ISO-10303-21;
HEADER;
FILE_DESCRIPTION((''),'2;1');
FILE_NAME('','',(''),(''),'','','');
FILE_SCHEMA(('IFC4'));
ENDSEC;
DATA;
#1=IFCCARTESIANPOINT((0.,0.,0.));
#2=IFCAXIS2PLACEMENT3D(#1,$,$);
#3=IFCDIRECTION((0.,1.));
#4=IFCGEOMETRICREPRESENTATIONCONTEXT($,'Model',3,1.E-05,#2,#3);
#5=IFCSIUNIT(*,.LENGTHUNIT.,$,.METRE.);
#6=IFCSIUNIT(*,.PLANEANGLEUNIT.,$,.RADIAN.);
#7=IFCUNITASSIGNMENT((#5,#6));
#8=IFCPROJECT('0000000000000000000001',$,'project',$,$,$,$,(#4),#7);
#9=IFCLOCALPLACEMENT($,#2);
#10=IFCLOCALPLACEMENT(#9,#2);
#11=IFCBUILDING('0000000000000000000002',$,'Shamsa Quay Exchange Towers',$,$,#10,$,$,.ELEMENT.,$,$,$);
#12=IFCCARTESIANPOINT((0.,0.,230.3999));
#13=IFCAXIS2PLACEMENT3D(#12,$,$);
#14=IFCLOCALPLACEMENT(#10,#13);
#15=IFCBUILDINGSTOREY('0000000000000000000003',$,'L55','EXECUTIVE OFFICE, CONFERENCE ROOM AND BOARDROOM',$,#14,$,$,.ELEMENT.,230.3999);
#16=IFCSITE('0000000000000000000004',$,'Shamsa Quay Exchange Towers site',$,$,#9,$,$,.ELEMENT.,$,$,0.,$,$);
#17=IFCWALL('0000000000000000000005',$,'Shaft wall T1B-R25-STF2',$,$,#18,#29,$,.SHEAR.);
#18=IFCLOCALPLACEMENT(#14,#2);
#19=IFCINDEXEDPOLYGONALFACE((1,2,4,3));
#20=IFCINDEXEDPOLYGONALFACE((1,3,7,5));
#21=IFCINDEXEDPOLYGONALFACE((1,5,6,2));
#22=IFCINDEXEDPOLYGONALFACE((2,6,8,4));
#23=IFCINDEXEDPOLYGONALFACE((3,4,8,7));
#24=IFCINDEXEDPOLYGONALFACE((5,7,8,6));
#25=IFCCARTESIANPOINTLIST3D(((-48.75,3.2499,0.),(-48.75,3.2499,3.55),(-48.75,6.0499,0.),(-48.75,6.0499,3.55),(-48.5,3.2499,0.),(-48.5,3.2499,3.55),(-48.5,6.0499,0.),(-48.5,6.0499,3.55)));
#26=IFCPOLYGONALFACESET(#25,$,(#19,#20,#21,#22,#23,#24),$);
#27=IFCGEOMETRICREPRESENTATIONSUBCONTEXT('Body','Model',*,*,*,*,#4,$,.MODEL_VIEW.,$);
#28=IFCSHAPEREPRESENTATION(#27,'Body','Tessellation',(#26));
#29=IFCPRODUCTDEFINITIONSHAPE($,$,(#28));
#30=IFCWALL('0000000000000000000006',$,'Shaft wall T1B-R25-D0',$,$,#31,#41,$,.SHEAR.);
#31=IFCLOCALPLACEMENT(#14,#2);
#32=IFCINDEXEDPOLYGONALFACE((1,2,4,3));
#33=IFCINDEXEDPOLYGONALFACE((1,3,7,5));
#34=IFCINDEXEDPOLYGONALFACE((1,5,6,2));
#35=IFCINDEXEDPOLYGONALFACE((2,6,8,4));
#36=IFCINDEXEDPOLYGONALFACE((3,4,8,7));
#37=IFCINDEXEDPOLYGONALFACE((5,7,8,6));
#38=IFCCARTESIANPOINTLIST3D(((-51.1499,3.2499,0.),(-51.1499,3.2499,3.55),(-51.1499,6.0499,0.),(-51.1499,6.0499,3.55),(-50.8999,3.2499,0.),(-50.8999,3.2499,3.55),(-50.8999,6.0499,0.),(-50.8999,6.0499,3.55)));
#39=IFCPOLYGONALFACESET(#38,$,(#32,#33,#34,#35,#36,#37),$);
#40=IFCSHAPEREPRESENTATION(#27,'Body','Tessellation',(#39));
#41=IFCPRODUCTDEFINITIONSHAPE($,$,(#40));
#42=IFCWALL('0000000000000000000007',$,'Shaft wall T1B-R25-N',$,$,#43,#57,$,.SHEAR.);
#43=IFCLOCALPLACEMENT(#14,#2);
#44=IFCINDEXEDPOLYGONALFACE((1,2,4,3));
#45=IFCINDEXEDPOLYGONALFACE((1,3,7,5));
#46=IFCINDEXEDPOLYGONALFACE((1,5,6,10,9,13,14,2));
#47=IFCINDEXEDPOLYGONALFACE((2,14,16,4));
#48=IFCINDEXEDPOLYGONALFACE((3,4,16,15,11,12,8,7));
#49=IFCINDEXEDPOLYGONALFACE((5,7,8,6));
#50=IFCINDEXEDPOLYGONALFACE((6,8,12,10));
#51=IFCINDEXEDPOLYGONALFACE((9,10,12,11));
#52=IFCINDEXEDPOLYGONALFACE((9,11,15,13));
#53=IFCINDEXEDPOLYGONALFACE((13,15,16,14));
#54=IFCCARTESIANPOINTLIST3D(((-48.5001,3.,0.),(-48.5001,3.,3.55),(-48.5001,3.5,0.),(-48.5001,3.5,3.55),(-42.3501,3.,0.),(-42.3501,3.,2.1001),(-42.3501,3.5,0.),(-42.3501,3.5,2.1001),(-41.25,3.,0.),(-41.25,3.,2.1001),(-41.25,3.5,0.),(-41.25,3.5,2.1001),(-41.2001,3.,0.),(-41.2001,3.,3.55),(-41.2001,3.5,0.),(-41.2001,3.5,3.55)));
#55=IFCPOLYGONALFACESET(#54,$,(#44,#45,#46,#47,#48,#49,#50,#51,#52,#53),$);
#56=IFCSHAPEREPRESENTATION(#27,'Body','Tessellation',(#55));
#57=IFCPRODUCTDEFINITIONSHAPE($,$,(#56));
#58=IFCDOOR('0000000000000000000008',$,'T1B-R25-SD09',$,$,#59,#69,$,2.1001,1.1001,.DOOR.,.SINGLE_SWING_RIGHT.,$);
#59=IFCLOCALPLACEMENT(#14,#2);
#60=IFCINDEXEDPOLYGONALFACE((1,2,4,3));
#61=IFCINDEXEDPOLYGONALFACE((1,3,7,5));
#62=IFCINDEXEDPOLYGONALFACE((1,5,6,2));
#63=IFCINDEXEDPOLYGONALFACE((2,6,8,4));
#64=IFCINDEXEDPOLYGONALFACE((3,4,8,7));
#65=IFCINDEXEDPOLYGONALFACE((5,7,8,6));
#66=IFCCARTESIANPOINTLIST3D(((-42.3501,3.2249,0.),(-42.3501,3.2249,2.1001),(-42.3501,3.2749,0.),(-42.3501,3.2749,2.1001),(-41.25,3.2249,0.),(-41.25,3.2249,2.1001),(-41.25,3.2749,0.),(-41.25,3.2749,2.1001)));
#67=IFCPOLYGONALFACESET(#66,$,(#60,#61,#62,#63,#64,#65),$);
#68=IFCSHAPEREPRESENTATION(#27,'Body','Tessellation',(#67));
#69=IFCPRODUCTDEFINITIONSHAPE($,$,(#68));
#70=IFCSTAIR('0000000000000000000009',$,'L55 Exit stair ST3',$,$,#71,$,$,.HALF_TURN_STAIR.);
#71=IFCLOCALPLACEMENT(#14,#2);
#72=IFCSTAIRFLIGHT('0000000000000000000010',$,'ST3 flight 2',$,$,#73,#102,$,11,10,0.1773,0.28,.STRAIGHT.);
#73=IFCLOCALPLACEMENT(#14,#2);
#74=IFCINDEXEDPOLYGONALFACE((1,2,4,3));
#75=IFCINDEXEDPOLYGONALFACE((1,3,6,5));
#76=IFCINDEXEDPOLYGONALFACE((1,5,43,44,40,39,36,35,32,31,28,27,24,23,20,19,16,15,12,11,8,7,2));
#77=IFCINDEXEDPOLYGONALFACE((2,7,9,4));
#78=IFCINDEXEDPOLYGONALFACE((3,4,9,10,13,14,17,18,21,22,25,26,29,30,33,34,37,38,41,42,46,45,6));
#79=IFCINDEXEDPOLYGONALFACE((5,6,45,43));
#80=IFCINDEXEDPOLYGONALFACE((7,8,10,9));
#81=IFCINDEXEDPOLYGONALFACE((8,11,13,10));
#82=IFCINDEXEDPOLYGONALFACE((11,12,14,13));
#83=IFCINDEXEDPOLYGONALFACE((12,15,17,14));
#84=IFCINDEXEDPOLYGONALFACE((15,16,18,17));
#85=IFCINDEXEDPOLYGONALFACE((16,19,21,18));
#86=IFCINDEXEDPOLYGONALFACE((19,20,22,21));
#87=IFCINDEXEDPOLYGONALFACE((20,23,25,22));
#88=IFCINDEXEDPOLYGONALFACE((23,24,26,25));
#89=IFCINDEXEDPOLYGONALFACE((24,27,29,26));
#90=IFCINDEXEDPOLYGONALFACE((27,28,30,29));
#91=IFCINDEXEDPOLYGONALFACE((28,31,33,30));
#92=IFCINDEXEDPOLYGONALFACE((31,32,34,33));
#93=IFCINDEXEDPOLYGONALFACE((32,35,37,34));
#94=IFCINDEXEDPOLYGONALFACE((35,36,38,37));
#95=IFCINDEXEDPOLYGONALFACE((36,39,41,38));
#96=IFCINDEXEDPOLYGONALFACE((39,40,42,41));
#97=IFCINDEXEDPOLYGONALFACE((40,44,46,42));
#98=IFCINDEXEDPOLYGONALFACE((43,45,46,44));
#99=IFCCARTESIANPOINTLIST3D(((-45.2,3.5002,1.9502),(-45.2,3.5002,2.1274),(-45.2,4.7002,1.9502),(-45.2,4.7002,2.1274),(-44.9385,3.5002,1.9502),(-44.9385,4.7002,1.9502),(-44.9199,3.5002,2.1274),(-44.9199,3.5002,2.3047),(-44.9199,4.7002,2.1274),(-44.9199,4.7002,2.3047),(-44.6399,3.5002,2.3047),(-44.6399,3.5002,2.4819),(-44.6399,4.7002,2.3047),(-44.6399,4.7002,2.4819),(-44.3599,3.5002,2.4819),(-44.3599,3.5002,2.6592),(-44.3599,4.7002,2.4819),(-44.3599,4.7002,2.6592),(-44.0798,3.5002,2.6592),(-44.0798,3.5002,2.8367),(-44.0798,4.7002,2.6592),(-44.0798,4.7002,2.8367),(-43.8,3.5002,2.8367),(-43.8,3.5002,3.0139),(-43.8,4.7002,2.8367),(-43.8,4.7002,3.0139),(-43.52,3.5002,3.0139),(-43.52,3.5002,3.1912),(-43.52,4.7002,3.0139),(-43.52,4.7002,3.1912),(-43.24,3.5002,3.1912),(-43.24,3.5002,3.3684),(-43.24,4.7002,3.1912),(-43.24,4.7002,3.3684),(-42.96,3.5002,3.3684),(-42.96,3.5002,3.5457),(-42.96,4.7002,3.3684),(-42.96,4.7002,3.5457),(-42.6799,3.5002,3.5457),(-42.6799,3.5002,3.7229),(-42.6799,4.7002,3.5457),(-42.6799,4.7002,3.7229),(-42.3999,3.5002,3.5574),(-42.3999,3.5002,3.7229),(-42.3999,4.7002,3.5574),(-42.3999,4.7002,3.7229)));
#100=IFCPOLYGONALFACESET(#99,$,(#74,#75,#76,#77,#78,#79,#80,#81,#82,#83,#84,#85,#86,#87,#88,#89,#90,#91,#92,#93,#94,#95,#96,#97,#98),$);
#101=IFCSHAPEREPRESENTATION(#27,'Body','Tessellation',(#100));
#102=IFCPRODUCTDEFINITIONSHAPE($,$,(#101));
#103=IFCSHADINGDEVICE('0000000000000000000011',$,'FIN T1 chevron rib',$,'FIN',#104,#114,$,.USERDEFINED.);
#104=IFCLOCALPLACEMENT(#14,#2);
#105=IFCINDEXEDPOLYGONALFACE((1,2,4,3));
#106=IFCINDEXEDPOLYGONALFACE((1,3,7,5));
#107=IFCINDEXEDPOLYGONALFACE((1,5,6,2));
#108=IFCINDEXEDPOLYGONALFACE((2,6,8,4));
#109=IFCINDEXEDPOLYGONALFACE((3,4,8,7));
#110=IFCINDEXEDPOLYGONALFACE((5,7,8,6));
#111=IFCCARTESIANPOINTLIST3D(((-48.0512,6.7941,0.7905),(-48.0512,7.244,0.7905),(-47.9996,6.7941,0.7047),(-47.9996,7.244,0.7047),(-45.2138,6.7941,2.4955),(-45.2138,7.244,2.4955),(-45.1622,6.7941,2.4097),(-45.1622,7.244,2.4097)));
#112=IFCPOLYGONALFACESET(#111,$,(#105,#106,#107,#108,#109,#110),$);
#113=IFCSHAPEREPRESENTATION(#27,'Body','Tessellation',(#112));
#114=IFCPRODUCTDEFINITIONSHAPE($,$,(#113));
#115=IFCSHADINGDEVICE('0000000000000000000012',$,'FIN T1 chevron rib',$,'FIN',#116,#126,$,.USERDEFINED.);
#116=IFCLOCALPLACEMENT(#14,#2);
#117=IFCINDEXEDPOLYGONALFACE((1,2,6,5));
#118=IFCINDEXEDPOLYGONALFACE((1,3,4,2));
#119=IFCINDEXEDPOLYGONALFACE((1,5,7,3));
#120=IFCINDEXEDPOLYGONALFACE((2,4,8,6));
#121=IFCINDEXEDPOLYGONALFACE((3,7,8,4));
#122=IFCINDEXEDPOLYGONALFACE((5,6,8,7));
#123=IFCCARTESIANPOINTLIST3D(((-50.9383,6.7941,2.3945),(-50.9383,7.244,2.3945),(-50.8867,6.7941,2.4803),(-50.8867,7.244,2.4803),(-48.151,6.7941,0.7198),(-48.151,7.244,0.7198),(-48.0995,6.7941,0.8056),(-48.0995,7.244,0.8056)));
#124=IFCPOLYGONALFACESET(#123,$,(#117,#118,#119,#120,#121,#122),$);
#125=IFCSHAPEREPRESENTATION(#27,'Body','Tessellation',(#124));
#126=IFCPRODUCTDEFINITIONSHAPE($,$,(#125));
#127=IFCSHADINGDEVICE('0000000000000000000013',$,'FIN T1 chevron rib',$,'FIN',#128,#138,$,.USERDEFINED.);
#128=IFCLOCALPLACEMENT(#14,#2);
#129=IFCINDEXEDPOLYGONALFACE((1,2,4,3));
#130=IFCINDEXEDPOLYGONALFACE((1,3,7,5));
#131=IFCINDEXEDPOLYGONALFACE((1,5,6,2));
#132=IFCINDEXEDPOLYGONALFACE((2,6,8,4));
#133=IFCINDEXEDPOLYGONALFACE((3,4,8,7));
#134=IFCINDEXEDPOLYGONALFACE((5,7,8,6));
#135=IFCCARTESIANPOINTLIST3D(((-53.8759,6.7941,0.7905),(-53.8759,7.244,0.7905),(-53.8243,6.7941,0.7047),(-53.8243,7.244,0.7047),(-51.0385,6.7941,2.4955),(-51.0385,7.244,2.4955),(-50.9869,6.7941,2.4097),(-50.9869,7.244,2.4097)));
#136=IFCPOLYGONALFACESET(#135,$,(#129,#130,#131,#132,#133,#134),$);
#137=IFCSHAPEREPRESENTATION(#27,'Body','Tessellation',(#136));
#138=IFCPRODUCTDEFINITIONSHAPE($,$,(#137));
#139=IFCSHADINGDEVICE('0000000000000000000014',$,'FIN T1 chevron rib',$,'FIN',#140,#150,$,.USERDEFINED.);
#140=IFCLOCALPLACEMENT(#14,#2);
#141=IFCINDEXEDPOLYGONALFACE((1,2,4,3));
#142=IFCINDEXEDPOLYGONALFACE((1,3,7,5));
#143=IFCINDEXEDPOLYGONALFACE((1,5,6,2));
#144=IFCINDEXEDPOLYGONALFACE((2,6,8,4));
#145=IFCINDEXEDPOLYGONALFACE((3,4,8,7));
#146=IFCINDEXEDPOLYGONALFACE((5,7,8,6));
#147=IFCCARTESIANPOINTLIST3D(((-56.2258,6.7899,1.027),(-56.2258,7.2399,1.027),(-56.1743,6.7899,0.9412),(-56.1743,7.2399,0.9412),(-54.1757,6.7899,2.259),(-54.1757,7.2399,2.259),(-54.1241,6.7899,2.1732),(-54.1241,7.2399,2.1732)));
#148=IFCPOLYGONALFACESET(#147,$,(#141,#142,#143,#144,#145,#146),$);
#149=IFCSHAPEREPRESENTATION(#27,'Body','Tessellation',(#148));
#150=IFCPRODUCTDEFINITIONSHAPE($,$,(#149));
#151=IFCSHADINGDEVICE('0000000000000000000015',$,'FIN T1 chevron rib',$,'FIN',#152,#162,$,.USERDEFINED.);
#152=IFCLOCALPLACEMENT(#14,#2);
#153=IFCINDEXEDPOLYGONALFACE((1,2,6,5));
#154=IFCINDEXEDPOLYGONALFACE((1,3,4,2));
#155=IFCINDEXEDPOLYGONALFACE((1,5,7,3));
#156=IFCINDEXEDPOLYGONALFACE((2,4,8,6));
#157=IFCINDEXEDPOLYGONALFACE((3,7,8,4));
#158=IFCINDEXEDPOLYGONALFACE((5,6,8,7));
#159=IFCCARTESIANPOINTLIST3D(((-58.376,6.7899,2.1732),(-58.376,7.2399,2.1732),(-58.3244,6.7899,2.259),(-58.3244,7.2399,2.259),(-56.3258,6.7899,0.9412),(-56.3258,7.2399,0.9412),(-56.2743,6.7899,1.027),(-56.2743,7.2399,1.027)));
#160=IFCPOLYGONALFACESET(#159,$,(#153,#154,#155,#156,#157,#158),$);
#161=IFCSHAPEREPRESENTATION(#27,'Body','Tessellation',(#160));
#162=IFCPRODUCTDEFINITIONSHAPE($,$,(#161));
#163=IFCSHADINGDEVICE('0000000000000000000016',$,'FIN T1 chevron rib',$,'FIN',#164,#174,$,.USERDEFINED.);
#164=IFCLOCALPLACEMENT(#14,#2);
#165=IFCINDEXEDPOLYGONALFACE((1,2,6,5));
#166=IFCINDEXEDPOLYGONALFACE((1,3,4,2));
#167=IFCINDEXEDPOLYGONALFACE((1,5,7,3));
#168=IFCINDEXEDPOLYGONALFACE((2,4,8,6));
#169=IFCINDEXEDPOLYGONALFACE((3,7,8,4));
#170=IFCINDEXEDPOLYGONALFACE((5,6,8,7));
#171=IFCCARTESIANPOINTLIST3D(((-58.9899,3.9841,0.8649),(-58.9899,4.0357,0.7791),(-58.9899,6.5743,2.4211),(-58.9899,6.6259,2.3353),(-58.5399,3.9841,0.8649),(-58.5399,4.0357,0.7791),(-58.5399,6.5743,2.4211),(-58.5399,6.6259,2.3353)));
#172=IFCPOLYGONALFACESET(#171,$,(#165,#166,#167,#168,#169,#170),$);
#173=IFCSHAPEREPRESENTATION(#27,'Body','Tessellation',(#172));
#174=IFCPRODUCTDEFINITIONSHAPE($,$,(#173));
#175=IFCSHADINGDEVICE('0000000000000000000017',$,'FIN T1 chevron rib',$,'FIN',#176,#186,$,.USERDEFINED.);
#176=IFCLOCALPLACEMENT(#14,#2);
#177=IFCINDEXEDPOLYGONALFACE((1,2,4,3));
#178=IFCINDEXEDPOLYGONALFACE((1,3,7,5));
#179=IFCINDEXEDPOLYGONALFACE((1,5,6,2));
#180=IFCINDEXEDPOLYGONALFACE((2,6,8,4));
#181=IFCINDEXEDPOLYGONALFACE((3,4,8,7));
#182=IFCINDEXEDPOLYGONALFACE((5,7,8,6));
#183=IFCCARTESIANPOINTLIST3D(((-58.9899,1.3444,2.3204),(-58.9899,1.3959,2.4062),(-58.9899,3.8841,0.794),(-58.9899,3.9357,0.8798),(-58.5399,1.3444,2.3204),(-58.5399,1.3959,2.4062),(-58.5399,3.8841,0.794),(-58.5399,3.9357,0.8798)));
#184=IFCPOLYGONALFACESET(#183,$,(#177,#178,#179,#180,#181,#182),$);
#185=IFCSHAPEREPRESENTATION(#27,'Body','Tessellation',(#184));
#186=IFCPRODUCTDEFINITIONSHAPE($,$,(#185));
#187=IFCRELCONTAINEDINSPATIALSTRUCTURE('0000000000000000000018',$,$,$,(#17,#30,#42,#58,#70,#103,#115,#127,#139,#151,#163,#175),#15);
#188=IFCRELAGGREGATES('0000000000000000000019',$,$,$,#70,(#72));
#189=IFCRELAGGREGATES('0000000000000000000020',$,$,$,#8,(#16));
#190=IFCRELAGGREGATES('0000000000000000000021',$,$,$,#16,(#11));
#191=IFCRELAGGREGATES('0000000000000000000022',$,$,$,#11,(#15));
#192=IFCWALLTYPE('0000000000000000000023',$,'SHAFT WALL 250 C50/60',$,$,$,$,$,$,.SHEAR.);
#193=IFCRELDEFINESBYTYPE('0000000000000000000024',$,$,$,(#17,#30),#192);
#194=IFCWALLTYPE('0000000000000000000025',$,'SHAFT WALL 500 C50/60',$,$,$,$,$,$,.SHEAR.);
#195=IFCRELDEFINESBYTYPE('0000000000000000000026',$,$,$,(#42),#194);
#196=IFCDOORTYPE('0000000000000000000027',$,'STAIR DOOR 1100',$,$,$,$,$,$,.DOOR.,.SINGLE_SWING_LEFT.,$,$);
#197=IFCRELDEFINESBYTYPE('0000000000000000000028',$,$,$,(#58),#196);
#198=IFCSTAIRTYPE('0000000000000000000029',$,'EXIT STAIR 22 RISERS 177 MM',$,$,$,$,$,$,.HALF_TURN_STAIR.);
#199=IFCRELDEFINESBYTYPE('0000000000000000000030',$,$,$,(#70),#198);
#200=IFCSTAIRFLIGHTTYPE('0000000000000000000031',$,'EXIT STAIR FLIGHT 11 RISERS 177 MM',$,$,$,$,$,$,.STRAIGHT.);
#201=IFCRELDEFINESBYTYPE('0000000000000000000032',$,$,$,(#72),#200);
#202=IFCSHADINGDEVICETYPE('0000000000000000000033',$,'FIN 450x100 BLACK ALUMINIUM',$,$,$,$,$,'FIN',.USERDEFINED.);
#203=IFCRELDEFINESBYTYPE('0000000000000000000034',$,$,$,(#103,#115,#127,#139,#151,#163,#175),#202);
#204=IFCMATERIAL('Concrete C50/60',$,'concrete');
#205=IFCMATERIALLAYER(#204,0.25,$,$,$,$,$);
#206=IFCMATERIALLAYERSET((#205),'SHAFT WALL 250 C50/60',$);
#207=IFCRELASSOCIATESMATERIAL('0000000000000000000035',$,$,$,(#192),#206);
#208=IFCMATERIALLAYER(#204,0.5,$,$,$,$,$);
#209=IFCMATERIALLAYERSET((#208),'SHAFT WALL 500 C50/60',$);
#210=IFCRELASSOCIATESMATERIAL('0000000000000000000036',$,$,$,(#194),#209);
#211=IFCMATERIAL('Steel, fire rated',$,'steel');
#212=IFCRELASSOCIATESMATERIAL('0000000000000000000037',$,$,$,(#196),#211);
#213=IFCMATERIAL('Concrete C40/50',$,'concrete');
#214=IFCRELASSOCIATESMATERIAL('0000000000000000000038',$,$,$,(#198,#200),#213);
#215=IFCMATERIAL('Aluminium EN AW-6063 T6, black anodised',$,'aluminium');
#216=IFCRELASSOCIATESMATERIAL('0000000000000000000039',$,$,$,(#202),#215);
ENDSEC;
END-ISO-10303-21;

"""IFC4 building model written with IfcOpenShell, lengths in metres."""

from ifc_helpers import new_model, si_unit, direction, frame, frame_2d, origin, origin_2d, place, context, subcontext, project, spatial, polyline, rectangle, outline, extrude, material, layer, layer_set, material_profile, profile_set, type_object, element, fill, aggregate, save


model = new_model("IFC4")

# Units and contexts
model_context = context("Model", 3, precision=1e-05, world=origin(), true_north=direction((0.0, 1.0)))
body_context = subcontext(model_context, "Body", "Model", "MODEL_VIEW")
ifc_project = project(units=[si_unit("LENGTHUNIT", "METRE"), si_unit("PLANEANGLEUNIT", "RADIAN")], contexts=[model_context])

# Site, building, storey
site_placement = place(None, origin())
site = spatial("IfcSite", under=ifc_project, at=site_placement, Name="Shamsa Quay Exchange Towers site", CompositionType="ELEMENT", RefElevation=0.0)
building_placement = place(site_placement, origin())
building = spatial("IfcBuilding", under=site, at=building_placement, Name="Shamsa Quay Exchange Towers", CompositionType="ELEMENT")
storey_placement = place(building_placement, frame((0.0, 0.0, 230.3999)))
storey = spatial("IfcBuildingStorey", under=building, at=storey_placement, Name="L55", Description="EXECUTIVE OFFICE, CONFERENCE ROOM AND BOARDROOM", CompositionType="ELEMENT", Elevation=230.3999)

# Shared definitions
ifc_material_1 = material(Name="Aluminium EN AW-6063 T6, black anodised", Category="aluminium")

# Shared definitions
ifc_material_2 = material(Name="Concrete C50/60", Category="concrete")
ifc_layer_1 = layer(ifc_material_2, 0.25)
ifc_layer_set_1 = layer_set([ifc_layer_1], Name="SHAFT WALL 250 C50/60")
wall_type_1 = type_object("IfcWallType", Name="SHAFT WALL 250 C50/60", PredefinedType="SHEAR", material=ifc_layer_set_1)
ifc_material_3 = material(Name="Steel, fire rated", Category="steel")

# Walls
for number, where, z_axis, x_axis, name in (
    (1, (-48.625, 3.25, 0.0), (0.0, 0.0, 1.0), (0.0, 1.0, 0.0), "Shaft wall T1B-R25-STF2"),
    (2, (-51.0249, 3.25, 0.0), (0.0, 0.0, 1.0), (0.0, 1.0, 0.0), "Shaft wall T1B-R25-D0"),
):
    element("IfcWall", number, at=place(storey_placement, frame(where, z_axis=z_axis, x_axis=x_axis)), inside=storey, type_object=wall_type_1, Name=name, PredefinedType="SHEAR", context=body_context, shape_type="SweptSolid", body=[
        extrude(rectangle(XDim=2.8, YDim=0.25, at=frame_2d((1.3999, 0.0))), origin(), (0.0, 0.0, 1.0), 3.55),
    ])

# Wall, opening, door
ifc_layer_2 = layer(ifc_material_2, 0.5)
ifc_layer_set_2 = layer_set([ifc_layer_2], Name="SHAFT WALL 500 C50/60")
wall_type_2 = type_object("IfcWallType", Name="SHAFT WALL 500 C50/60", PredefinedType="SHEAR", material=ifc_layer_set_2)
wall_1_placement = place(storey_placement, frame((-48.5, 3.25, 0.0)))
wall_1 = element("IfcWall", 3, at=wall_1_placement, inside=storey, type_object=wall_type_2, Name="Shaft wall T1B-R25-N", PredefinedType="SHEAR", context=body_context, shape_type="SweptSolid", body=[
    extrude(rectangle(XDim=7.3, YDim=0.5, at=frame_2d((3.6499, 0.0))), origin(), (0.0, 0.0, 1.0), 3.55),
])
opening_1_placement = place(wall_1_placement, frame((6.1499, 0.0, 0.0)))
opening_1 = element("IfcOpeningElement", 4, at=opening_1_placement, cuts=wall_1, PredefinedType="OPENING", context=body_context, shape_type="SweptSolid", body=[
    extrude(rectangle(XDim=1.1001, YDim=2.1001, at=frame_2d((0.55, 1.05))), frame((0.0, 0.26, 0.0), z_axis=(0.0, -1.0, 0.0), x_axis=(1.0, 0.0, 0.0)), (0.0, 0.0, 1.0), 0.52),
])
door_type_1 = type_object("IfcDoorType", Name="STAIR DOOR 1100", OperationType="SINGLE_SWING_LEFT", PredefinedType="DOOR", material=ifc_material_3)
door_1_placement = place(opening_1_placement, origin())
door_1 = element("IfcDoor", 5, at=door_1_placement, inside=storey, type_object=door_type_1, Name="T1B-R25-SD09", OperationType="SINGLE_SWING_RIGHT", OverallHeight=2.1001, OverallWidth=1.1001, PredefinedType="DOOR", context=body_context, shape_type="SweptSolid", body=[
    extrude(rectangle(XDim=1.1001, YDim=2.1001, at=frame_2d((0.55, 1.05))), frame((0.0, 0.0249, 0.0), z_axis=(0.0, -1.0, 0.0), x_axis=(1.0, 0.0, 0.0)), (0.0, 0.0, 1.0), 0.05),
])
fill(opening_1, door_1)

# Stair, stair flight
ifc_material_4 = material(Name="Concrete C40/50", Category="concrete")
stair_type = type_object("IfcStairType", Name="EXIT STAIR 22 RISERS 177 MM", PredefinedType="HALF_TURN_STAIR", material=ifc_material_4)
stair_placement = place(storey_placement, origin())
stair = element("IfcStair", 6, at=stair_placement, inside=storey, type_object=stair_type, Name="L55 Exit stair ST3", PredefinedType="HALF_TURN_STAIR")
stair_flight_type = type_object("IfcStairFlightType", Name="EXIT STAIR FLIGHT 11 RISERS 177 MM", PredefinedType="STRAIGHT", material=ifc_material_4)
stair_flight_placement = place(storey_placement, frame((-45.2, 4.1001, 1.9502)))
stair_flight = element("IfcStairFlight", 7, at=stair_flight_placement, type_object=stair_flight_type, Name="ST3 flight 2", NumberOfRisers=11, NumberOfTreads=10, PredefinedType="STRAIGHT", RiserHeight=0.1773, TreadLength=0.28, context=body_context, shape_type="SweptSolid", body=[
    extrude(outline(polyline([(0.0, 0.0), (0.0, 0.1772), (0.28, 0.1772), (0.28, 0.3545), (0.5601, 0.3545), (0.5601, 0.5317), (0.8401, 0.5317), (0.8401, 0.709), (1.1201, 0.709), (1.1201, 0.8865), (1.3999, 0.8865), (1.3999, 1.0637), (1.6799, 1.0637), (1.6799, 1.241), (1.96, 1.241), (1.96, 1.4182), (2.24, 1.4182), (2.24, 1.5955), (2.52, 1.5955), (2.52, 1.7727), (2.8, 1.7727), (2.8, 1.95), (2.8, 1.6072), (0.2615, 0.0), (0.0, 0.0)])), frame((0.0, 0.6001, 0.0), z_axis=(0.0, -1.0, 0.0), x_axis=(1.0, 0.0, 0.0)), (0.0, 0.0, 1.0), 1.2),
])
aggregate(stair, [stair_flight])

# Shading devices
ifc_material_profile_1 = material_profile(ifc_material_1, rectangle(XDim=0.45, YDim=0.1001, at=origin_2d()), Name="FIN450x100")
ifc_profile_set_1 = profile_set([ifc_material_profile_1], Name="Aluminium EN AW-6063 T6, black anodised")
shading_device_type = type_object("IfcShadingDeviceType", Name="FIN 450x100 BLACK ALUMINIUM", ElementType="FIN", PredefinedType="USERDEFINED", material=ifc_profile_set_1)
shading_device_1_placement = place(storey_placement, frame((-45.188, 7.019, 2.4526), z_axis=(-0.857141, 0.0, -0.515081), x_axis=(0.0, -1.0, 0.0)))
element("IfcShadingDevice", 8, at=shading_device_1_placement, inside=storey, type_object=shading_device_type, Name="FIN T1 chevron rib", ObjectType="FIN", PredefinedType="USERDEFINED", context=body_context, shape_type="SweptSolid", body=[
    extrude(rectangle(XDim=0.45, YDim=0.1001, at=origin_2d()), origin(), (0.0, 0.0, 1.0), 3.3103),
])
shading_device_2_placement = place(storey_placement, frame((-48.1252, 7.019, 0.7627), z_axis=(-0.857168, 0.0, 0.515037), x_axis=(0.0, -1.0, 0.0)))
element("IfcShadingDevice", 9, at=shading_device_2_placement, inside=storey, type_object=shading_device_type, Name="FIN T1 chevron rib", ObjectType="FIN", PredefinedType="USERDEFINED", context=body_context, shape_type="SweptSolid", body=[
    extrude(rectangle(XDim=0.45, YDim=0.1001, at=origin_2d()), origin(), (0.0, 0.0, 1.0), 3.2517),
])
shading_device_3_placement = place(storey_placement, frame((-51.0127, 7.019, 2.4526), z_axis=(-0.857141, 0.0, -0.515081), x_axis=(0.0, -1.0, 0.0)))
element("IfcShadingDevice", 10, at=shading_device_3_placement, inside=storey, type_object=shading_device_type, Name="FIN T1 chevron rib", ObjectType="FIN", PredefinedType="USERDEFINED", context=body_context, shape_type="SweptSolid", body=[
    extrude(rectangle(XDim=0.45, YDim=0.1001, at=origin_2d()), origin(), (0.0, 0.0, 1.0), 3.3103),
])
for number, where, z_axis, x_axis, name in (
    (11, (-54.1499, 7.0149, 2.2161), (-0.857141, 0.0, -0.515081), (0.0, -1.0, 0.0), "FIN T1 chevron rib"),
    (12, (-56.3, 7.0149, 0.9841), (-0.857141, 0.0, 0.515081), (0.0, -1.0, 0.0), "FIN T1 chevron rib"),
):
    element("IfcShadingDevice", number, at=place(storey_placement, frame(where, z_axis=z_axis, x_axis=x_axis)), inside=storey, type_object=shading_device_type, Name=name, ObjectType="FIN", PredefinedType="USERDEFINED", context=body_context, shape_type="SweptSolid", body=[
        extrude(rectangle(XDim=0.45, YDim=0.1001, at=origin_2d()), origin(), (0.0, 0.0, 1.0), 2.3918),
    ])
shading_device_4_placement = place(storey_placement, frame((-58.7649, 6.6001, 2.3782), z_axis=(0.0, -0.857186, -0.515007), x_axis=(1.0, 0.0, 0.0)))
element("IfcShadingDevice", 13, at=shading_device_4_placement, inside=storey, type_object=shading_device_type, Name="FIN T1 chevron rib", ObjectType="FIN", PredefinedType="USERDEFINED", context=body_context, shape_type="SweptSolid", body=[
    extrude(rectangle(XDim=0.45, YDim=0.1001, at=origin_2d()), origin(), (0.0, 0.0, 1.0), 3.0217),
])
shading_device_5_placement = place(storey_placement, frame((-58.7649, 3.9099, 0.8369), z_axis=(0.0, -0.857122, 0.515114), x_axis=(1.0, 0.0, 0.0)))
element("IfcShadingDevice", 14, at=shading_device_5_placement, inside=storey, type_object=shading_device_type, Name="FIN T1 chevron rib", ObjectType="FIN", PredefinedType="USERDEFINED", context=body_context, shape_type="SweptSolid", body=[
    extrude(rectangle(XDim=0.45, YDim=0.1001, at=origin_2d()), origin(), (0.0, 0.0, 1.0), 2.9631),
])

save(model, "model.ifc")
